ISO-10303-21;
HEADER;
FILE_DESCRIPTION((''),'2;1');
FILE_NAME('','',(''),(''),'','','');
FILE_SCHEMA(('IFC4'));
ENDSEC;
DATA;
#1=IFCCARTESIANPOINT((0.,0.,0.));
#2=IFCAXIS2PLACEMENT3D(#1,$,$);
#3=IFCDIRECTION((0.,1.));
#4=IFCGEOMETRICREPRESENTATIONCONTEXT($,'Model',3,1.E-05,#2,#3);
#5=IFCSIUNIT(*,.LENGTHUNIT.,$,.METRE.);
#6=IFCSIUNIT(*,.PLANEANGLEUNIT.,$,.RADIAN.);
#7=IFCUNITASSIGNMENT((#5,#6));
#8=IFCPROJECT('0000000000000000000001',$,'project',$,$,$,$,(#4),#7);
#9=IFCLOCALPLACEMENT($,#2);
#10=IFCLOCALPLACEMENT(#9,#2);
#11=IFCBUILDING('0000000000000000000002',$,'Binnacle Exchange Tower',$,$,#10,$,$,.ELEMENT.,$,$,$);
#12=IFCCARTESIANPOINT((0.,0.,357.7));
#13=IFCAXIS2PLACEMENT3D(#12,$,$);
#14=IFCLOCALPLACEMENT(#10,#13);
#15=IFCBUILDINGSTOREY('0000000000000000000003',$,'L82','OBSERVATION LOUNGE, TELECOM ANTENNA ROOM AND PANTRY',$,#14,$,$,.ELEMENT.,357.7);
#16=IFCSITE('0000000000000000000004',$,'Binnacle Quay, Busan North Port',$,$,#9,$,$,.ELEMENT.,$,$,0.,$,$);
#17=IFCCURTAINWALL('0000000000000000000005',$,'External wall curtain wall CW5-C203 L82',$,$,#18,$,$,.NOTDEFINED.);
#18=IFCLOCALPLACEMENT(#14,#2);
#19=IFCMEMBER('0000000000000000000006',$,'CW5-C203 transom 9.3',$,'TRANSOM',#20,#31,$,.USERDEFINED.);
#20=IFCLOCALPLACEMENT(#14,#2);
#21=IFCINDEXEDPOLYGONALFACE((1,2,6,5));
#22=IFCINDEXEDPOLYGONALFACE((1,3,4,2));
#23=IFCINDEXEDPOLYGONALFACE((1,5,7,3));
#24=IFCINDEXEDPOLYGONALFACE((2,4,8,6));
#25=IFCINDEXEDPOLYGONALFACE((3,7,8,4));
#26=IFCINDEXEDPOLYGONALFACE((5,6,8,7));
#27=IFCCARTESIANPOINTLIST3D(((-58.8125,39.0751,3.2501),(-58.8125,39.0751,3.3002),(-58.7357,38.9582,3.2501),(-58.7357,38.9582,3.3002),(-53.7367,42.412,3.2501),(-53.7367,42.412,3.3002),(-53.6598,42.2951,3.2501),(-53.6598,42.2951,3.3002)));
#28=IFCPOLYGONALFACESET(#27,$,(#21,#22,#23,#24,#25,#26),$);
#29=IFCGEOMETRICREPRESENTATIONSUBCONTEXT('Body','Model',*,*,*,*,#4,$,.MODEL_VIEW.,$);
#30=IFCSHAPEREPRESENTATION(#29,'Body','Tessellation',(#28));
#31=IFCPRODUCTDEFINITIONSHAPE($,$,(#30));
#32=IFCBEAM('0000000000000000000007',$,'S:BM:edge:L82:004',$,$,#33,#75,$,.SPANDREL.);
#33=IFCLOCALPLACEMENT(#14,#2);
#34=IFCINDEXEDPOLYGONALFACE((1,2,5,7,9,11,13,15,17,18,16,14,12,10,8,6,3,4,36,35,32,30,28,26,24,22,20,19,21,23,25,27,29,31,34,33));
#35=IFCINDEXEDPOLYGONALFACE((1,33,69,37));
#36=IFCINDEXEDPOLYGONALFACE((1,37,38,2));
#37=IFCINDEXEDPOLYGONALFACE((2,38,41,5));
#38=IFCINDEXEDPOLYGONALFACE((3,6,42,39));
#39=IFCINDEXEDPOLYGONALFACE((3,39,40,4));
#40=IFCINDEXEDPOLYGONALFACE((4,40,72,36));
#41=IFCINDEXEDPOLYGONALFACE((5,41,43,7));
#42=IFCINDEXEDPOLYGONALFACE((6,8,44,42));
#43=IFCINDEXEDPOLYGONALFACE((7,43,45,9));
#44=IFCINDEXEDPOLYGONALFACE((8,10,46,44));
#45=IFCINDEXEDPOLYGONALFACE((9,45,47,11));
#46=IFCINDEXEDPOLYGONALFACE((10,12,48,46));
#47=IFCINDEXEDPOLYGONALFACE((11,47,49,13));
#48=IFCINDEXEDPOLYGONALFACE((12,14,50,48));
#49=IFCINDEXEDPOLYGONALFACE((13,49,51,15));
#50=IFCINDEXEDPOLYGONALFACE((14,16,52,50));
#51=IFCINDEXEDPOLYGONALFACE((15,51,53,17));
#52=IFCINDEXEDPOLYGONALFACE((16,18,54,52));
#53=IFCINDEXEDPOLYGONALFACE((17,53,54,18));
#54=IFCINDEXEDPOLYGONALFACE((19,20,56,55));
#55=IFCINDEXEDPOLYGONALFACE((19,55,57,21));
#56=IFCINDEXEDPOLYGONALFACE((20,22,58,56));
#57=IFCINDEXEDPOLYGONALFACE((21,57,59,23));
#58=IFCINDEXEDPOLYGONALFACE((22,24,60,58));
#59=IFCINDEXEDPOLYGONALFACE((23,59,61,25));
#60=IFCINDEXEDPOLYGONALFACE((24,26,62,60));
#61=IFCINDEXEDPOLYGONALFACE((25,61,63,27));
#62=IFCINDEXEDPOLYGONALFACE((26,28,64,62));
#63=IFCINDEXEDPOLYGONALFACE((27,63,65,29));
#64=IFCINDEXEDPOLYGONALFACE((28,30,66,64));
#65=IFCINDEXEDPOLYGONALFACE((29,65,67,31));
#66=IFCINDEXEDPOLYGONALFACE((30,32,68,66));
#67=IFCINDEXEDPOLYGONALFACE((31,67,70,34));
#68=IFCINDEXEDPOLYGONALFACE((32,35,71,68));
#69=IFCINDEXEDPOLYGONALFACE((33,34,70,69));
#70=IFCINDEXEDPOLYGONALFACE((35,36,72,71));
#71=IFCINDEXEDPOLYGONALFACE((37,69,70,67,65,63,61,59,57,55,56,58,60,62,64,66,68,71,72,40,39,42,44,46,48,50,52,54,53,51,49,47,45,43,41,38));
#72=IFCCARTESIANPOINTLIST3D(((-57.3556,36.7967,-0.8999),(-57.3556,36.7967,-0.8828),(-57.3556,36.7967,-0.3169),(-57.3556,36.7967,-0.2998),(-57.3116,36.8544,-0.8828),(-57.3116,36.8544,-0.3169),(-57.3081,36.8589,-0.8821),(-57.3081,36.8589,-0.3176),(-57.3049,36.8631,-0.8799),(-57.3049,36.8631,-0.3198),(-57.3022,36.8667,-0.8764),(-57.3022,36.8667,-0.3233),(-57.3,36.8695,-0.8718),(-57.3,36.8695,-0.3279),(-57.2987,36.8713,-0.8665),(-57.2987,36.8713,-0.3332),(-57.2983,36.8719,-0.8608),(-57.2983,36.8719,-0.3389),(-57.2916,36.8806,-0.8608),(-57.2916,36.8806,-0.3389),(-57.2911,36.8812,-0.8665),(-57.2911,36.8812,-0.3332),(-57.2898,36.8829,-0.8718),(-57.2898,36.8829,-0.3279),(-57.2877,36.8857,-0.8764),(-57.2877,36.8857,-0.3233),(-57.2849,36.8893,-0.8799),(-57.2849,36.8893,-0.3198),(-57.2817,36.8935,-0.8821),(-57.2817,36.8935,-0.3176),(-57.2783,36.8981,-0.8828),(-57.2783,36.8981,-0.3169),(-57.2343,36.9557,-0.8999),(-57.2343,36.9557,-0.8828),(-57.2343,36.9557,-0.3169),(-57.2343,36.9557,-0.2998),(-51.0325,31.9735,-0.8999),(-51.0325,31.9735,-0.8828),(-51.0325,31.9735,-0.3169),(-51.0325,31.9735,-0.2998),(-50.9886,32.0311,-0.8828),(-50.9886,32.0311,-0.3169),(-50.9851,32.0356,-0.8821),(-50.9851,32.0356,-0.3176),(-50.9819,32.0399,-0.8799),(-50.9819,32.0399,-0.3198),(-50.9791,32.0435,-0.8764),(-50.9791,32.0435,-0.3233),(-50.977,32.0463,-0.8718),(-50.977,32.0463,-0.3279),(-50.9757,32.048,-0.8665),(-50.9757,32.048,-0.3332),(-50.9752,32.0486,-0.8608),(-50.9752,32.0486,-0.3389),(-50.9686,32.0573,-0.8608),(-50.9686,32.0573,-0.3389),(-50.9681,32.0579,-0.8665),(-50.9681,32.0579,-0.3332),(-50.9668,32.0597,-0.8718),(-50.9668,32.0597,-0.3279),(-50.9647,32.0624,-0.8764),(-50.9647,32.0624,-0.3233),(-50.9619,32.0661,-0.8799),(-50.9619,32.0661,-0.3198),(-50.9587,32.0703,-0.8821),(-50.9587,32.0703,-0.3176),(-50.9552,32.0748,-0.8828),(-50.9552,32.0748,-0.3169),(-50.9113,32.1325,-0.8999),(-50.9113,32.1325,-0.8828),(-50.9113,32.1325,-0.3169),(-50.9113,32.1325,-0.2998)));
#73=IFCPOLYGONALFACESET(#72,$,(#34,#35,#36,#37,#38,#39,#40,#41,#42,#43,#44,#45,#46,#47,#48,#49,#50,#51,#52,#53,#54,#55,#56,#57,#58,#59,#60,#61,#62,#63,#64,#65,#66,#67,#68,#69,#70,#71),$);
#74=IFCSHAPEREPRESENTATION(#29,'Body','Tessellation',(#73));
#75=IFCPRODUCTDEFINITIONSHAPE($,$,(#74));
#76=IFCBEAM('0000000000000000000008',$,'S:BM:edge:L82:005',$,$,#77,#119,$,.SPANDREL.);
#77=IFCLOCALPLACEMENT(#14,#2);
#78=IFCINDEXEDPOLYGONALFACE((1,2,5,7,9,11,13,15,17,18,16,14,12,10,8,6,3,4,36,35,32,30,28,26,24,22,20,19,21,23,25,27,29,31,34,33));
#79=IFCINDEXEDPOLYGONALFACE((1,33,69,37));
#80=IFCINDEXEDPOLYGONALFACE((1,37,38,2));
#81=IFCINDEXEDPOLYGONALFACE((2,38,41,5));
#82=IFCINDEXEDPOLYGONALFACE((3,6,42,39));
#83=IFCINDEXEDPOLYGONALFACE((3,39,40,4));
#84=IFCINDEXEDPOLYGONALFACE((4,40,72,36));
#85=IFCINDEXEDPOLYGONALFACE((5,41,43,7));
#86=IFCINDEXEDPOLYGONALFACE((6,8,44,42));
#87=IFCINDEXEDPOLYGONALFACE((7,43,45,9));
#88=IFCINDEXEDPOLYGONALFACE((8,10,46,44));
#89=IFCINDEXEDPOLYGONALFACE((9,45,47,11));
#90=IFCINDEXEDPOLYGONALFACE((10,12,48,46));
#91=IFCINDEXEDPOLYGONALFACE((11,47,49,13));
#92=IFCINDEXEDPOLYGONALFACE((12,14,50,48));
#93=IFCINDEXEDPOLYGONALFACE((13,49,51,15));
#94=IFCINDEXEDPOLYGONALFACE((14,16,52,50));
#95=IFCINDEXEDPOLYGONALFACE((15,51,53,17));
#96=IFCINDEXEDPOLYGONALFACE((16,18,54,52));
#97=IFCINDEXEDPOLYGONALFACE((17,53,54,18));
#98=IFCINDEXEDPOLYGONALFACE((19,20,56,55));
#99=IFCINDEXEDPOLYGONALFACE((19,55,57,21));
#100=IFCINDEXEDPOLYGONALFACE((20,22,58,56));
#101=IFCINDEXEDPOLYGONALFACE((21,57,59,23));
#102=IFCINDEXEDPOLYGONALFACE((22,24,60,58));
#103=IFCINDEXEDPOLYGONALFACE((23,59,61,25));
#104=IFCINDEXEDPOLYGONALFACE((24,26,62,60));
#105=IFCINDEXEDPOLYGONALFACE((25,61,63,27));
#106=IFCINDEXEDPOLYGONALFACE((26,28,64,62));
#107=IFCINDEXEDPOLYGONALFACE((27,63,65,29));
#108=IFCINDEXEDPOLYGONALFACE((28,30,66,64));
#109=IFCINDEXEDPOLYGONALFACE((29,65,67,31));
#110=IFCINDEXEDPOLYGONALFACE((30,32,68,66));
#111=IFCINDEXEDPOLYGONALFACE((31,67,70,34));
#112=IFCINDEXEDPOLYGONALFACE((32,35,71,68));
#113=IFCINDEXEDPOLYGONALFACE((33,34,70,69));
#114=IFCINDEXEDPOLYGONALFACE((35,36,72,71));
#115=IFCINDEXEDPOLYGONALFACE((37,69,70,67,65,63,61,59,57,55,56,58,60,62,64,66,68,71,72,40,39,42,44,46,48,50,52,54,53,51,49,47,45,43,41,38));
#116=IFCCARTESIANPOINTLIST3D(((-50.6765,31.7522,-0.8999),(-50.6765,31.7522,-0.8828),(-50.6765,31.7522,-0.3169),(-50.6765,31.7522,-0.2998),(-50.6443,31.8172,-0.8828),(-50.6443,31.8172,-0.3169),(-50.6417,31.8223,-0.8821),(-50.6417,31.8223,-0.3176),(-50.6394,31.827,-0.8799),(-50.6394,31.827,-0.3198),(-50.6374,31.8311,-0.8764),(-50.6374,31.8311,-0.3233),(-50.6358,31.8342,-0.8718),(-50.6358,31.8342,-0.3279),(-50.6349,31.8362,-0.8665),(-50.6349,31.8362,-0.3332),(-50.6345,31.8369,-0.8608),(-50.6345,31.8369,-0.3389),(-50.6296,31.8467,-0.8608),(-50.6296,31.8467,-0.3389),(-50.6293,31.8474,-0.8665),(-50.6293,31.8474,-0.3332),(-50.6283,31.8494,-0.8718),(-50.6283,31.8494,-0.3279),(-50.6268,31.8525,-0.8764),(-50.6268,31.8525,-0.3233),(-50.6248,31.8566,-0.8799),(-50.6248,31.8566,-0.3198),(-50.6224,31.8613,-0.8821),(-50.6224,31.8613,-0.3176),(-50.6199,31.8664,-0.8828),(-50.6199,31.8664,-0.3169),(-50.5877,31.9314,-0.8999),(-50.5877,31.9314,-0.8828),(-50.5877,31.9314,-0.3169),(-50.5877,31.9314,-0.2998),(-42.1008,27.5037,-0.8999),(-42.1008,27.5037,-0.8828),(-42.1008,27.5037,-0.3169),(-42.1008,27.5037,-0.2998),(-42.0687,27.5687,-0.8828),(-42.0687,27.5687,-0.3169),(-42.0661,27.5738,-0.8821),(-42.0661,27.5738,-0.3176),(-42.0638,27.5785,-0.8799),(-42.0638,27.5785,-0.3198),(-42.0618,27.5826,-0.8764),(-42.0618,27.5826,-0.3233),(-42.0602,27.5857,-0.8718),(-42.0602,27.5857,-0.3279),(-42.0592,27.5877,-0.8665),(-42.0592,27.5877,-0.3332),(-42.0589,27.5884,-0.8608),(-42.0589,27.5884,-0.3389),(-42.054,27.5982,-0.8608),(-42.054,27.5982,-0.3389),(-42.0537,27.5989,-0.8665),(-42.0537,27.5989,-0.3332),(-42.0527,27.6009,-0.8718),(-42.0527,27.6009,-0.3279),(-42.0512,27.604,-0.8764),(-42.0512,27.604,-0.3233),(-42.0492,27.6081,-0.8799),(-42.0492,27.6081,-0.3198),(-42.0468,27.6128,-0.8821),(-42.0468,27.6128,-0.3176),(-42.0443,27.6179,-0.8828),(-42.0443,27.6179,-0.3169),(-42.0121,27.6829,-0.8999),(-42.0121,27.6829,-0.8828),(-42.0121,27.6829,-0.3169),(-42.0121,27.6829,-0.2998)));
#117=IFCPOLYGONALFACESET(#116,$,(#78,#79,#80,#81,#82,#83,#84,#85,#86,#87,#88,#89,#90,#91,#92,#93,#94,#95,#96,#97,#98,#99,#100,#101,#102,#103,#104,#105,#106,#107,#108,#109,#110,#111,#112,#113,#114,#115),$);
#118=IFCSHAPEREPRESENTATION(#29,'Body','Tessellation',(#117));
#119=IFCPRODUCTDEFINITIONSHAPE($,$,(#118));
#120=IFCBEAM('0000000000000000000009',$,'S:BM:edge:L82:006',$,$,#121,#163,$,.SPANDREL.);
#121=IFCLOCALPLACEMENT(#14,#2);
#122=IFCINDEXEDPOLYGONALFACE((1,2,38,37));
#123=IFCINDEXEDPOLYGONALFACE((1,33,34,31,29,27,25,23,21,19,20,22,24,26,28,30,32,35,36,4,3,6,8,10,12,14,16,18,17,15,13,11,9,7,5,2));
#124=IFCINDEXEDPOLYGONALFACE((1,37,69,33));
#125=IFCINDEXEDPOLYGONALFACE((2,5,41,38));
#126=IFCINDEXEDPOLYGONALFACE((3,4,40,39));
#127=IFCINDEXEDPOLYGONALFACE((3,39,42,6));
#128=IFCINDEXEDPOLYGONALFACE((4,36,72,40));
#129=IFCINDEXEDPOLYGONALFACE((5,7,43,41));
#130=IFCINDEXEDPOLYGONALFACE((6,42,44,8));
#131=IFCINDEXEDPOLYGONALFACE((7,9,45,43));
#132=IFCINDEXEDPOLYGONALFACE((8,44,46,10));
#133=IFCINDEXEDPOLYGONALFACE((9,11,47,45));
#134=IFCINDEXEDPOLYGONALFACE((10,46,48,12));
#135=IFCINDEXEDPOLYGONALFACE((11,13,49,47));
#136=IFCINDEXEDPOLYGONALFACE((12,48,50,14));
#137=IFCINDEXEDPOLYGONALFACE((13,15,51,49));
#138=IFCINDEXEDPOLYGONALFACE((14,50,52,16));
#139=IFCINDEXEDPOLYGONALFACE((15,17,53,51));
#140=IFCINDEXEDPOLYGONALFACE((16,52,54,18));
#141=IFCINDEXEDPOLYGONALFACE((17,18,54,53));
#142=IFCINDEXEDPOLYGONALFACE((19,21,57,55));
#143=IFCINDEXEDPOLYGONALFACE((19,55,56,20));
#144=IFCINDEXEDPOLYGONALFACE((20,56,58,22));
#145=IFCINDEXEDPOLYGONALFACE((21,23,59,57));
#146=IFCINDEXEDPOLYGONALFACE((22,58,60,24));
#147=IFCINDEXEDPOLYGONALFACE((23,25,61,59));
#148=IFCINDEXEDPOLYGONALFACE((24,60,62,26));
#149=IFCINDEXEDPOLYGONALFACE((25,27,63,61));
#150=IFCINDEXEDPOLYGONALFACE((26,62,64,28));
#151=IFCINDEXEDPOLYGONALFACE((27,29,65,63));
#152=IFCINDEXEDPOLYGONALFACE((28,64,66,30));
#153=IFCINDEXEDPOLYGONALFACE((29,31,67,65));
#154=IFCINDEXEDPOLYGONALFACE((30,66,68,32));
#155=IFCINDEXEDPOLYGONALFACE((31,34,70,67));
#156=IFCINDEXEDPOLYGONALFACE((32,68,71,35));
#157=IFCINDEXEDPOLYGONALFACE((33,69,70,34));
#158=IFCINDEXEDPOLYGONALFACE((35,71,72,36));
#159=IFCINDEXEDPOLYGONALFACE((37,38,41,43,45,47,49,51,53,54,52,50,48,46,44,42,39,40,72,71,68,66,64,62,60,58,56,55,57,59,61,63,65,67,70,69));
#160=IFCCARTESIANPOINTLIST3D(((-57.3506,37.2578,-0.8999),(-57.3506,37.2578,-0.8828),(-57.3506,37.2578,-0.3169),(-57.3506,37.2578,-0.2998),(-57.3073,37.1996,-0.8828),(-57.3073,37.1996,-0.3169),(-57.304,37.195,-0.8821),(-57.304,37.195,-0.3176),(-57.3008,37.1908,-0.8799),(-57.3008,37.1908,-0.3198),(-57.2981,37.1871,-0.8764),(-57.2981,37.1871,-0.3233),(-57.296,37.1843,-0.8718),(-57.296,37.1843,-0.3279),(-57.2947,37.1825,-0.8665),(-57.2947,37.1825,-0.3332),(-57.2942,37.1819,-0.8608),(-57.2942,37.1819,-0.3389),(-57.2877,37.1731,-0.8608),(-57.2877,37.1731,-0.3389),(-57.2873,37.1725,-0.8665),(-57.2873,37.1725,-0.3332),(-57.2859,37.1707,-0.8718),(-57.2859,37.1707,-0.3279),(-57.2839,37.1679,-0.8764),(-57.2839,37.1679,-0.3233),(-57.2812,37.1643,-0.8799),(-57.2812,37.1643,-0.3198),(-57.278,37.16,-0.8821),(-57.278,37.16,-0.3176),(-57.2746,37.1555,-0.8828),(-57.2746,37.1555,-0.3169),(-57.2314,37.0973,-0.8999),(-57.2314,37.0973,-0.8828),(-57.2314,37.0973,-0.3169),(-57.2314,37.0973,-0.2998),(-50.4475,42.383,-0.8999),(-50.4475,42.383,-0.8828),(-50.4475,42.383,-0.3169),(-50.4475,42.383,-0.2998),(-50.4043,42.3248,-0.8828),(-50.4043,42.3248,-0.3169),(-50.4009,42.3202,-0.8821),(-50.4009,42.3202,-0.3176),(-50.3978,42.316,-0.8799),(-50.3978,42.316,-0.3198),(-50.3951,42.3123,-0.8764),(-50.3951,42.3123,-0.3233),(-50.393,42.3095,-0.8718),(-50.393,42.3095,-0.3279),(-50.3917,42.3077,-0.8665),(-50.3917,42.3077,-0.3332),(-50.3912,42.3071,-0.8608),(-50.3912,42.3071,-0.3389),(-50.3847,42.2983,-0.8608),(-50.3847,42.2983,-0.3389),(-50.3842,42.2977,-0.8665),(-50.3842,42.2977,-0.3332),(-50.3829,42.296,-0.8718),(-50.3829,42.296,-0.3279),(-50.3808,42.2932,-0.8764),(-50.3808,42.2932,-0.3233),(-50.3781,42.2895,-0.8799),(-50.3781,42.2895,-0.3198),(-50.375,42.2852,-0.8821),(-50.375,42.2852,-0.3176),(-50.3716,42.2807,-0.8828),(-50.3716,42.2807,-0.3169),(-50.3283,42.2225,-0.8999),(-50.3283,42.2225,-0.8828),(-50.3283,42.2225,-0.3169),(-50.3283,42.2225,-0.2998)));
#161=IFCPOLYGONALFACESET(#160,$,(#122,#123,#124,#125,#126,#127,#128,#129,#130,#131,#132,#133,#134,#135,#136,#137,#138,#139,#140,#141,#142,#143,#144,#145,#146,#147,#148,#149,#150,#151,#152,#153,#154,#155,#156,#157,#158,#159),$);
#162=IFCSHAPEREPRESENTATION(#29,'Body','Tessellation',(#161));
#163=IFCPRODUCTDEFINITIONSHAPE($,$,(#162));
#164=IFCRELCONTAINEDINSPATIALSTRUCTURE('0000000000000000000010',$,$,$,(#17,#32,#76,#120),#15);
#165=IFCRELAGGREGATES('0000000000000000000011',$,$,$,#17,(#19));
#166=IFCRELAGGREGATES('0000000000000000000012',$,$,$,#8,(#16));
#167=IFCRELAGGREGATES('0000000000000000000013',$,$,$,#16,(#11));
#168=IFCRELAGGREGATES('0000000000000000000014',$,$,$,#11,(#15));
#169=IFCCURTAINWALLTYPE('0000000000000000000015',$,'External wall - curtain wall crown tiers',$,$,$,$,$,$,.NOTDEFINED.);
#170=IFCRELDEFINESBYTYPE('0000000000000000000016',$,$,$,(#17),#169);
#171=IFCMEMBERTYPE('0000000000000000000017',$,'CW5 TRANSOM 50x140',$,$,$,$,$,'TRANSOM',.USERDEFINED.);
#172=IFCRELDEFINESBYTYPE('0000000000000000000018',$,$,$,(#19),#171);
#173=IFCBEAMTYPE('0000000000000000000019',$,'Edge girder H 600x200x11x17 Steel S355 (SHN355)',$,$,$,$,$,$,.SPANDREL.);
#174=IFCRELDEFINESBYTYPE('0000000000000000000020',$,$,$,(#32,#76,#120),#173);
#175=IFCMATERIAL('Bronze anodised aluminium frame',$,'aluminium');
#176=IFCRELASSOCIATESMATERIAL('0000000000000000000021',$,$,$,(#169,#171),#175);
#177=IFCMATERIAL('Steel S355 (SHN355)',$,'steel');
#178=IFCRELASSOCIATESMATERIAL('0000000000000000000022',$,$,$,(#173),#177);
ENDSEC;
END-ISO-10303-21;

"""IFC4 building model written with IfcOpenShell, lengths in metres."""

from ifc_helpers import new_model, si_unit, direction, frame, origin, origin_2d, place, context, subcontext, project, spatial, rectangle, i_section, extrude, material, material_profile, profile_set, type_object, element, aggregate, save


model = new_model("IFC4")

# Units and contexts
model_context = context("Model", 3, precision=1e-05, world=origin(), true_north=direction((0.0, 1.0)))
body_context = subcontext(model_context, "Body", "Model", "MODEL_VIEW")
ifc_project = project(units=[si_unit("LENGTHUNIT", "METRE"), si_unit("PLANEANGLEUNIT", "RADIAN")], contexts=[model_context])

# Site, building, storey
site_placement = place(None, origin())
site = spatial("IfcSite", under=ifc_project, at=site_placement, Name="Binnacle Quay, Busan North Port", CompositionType="ELEMENT", RefElevation=0.0)
building_placement = place(site_placement, origin())
building = spatial("IfcBuilding", under=site, at=building_placement, Name="Binnacle Exchange Tower", CompositionType="ELEMENT")
storey_placement = place(building_placement, frame((0.0, 0.0, 357.7)))
storey = spatial("IfcBuildingStorey", under=building, at=storey_placement, Name="L82", Description="OBSERVATION LOUNGE, TELECOM ANTENNA ROOM AND PANTRY", CompositionType="ELEMENT", Elevation=357.7)

# Shared definitions
ifc_material_1 = material(Name="Steel S355 (SHN355)", Category="steel")

# Curtain wall, member
ifc_material_2 = material(Name="Bronze anodised aluminium frame", Category="aluminium")
curtain_wall_type = type_object("IfcCurtainWallType", Name="External wall - curtain wall crown tiers", PredefinedType="NOTDEFINED", material=ifc_material_2)
curtain_wall_placement = place(storey_placement, origin())
curtain_wall = element("IfcCurtainWall", 1, at=curtain_wall_placement, inside=storey, type_object=curtain_wall_type, Name="External wall curtain wall CW5-C203 L82", PredefinedType="NOTDEFINED")
ifc_material_profile_1 = material_profile(ifc_material_2, rectangle(XDim=0.1399, YDim=0.05, at=origin_2d()), Name="AL 140x50")
ifc_profile_set_1 = profile_set([ifc_material_profile_1], Name="Bronze anodised aluminium frame")
member_type_1 = type_object("IfcMemberType", Name="CW5 TRANSOM 50x140", ElementType="TRANSOM", PredefinedType="USERDEFINED", material=ifc_profile_set_1)
member_1_placement = place(storey_placement, frame((-53.6982, 42.3535, 3.2751), z_axis=(-0.835607, -0.549328, 0.0), x_axis=(0.549328, -0.835607, 0.0)))
member_1 = element("IfcMember", 2, at=member_1_placement, type_object=member_type_1, Name="CW5-C203 transom 9.3", ObjectType="TRANSOM", PredefinedType="USERDEFINED", context=body_context, shape_type="SweptSolid", body=[
    extrude(rectangle(XDim=0.1399, YDim=0.05, at=origin_2d()), origin(), (0.0, 0.0, 1.0), 6.0745),
])

# Beams
ifc_material_profile_2 = material_profile(ifc_material_1, i_section(OverallWidth=0.2, OverallDepth=0.6001, WebThickness=0.011, FlangeThickness=0.0171, FilletRadius=0.022, at=origin_2d()), Name="H 600x200x11x17")
ifc_profile_set_2 = profile_set([ifc_material_profile_2], Name="Steel S355 (SHN355)")
beam_type_1 = type_object("IfcBeamType", Name="Edge girder H 600x200x11x17 Steel S355 (SHN355)", PredefinedType="SPANDREL", material=ifc_profile_set_2)
beam_1_placement = place(storey_placement, frame((-57.2949, 36.8762, -0.5999), z_axis=(0.795085, -0.606498, 0.0), x_axis=(0.606498, 0.795085, 0.0)))
element("IfcBeam", 3, at=beam_1_placement, inside=storey, type_object=beam_type_1, Name="S:BM:edge:L82:004", PredefinedType="SPANDREL", context=body_context, shape_type="SweptSolid", body=[
    extrude(i_section(OverallWidth=0.2, OverallDepth=0.6001, WebThickness=0.011, FlangeThickness=0.0171, FilletRadius=0.022, at=origin_2d()), origin(), (0.0, 0.0, 1.0), 7.9526),
])
beam_2_placement = place(storey_placement, frame((-50.6321, 31.8418, -0.5999), z_axis=(0.896064, -0.443925, 0.0), x_axis=(0.443925, 0.896064, 0.0)))
element("IfcBeam", 4, at=beam_2_placement, inside=storey, type_object=beam_type_1, Name="S:BM:edge:L82:005", PredefinedType="SPANDREL", context=body_context, shape_type="SweptSolid", body=[
    extrude(i_section(OverallWidth=0.2, OverallDepth=0.6001, WebThickness=0.011, FlangeThickness=0.0171, FilletRadius=0.022, at=origin_2d()), origin(), (0.0, 0.0, 1.0), 9.5703),
])
beam_3_placement = place(storey_placement, frame((-50.3879, 42.3027, -0.5999), z_axis=(-0.802897, -0.596117, 0.0), x_axis=(0.596117, -0.802897, 0.0)))
element("IfcBeam", 5, at=beam_3_placement, inside=storey, type_object=beam_type_1, Name="S:BM:edge:L82:006", PredefinedType="SPANDREL", context=body_context, shape_type="SweptSolid", body=[
    extrude(i_section(OverallWidth=0.2, OverallDepth=0.6001, WebThickness=0.011, FlangeThickness=0.0171, FilletRadius=0.022, at=origin_2d()), origin(), (0.0, 0.0, 1.0), 8.5977),
])

aggregate(curtain_wall, [member_1])

save(model, "model.ifc")
